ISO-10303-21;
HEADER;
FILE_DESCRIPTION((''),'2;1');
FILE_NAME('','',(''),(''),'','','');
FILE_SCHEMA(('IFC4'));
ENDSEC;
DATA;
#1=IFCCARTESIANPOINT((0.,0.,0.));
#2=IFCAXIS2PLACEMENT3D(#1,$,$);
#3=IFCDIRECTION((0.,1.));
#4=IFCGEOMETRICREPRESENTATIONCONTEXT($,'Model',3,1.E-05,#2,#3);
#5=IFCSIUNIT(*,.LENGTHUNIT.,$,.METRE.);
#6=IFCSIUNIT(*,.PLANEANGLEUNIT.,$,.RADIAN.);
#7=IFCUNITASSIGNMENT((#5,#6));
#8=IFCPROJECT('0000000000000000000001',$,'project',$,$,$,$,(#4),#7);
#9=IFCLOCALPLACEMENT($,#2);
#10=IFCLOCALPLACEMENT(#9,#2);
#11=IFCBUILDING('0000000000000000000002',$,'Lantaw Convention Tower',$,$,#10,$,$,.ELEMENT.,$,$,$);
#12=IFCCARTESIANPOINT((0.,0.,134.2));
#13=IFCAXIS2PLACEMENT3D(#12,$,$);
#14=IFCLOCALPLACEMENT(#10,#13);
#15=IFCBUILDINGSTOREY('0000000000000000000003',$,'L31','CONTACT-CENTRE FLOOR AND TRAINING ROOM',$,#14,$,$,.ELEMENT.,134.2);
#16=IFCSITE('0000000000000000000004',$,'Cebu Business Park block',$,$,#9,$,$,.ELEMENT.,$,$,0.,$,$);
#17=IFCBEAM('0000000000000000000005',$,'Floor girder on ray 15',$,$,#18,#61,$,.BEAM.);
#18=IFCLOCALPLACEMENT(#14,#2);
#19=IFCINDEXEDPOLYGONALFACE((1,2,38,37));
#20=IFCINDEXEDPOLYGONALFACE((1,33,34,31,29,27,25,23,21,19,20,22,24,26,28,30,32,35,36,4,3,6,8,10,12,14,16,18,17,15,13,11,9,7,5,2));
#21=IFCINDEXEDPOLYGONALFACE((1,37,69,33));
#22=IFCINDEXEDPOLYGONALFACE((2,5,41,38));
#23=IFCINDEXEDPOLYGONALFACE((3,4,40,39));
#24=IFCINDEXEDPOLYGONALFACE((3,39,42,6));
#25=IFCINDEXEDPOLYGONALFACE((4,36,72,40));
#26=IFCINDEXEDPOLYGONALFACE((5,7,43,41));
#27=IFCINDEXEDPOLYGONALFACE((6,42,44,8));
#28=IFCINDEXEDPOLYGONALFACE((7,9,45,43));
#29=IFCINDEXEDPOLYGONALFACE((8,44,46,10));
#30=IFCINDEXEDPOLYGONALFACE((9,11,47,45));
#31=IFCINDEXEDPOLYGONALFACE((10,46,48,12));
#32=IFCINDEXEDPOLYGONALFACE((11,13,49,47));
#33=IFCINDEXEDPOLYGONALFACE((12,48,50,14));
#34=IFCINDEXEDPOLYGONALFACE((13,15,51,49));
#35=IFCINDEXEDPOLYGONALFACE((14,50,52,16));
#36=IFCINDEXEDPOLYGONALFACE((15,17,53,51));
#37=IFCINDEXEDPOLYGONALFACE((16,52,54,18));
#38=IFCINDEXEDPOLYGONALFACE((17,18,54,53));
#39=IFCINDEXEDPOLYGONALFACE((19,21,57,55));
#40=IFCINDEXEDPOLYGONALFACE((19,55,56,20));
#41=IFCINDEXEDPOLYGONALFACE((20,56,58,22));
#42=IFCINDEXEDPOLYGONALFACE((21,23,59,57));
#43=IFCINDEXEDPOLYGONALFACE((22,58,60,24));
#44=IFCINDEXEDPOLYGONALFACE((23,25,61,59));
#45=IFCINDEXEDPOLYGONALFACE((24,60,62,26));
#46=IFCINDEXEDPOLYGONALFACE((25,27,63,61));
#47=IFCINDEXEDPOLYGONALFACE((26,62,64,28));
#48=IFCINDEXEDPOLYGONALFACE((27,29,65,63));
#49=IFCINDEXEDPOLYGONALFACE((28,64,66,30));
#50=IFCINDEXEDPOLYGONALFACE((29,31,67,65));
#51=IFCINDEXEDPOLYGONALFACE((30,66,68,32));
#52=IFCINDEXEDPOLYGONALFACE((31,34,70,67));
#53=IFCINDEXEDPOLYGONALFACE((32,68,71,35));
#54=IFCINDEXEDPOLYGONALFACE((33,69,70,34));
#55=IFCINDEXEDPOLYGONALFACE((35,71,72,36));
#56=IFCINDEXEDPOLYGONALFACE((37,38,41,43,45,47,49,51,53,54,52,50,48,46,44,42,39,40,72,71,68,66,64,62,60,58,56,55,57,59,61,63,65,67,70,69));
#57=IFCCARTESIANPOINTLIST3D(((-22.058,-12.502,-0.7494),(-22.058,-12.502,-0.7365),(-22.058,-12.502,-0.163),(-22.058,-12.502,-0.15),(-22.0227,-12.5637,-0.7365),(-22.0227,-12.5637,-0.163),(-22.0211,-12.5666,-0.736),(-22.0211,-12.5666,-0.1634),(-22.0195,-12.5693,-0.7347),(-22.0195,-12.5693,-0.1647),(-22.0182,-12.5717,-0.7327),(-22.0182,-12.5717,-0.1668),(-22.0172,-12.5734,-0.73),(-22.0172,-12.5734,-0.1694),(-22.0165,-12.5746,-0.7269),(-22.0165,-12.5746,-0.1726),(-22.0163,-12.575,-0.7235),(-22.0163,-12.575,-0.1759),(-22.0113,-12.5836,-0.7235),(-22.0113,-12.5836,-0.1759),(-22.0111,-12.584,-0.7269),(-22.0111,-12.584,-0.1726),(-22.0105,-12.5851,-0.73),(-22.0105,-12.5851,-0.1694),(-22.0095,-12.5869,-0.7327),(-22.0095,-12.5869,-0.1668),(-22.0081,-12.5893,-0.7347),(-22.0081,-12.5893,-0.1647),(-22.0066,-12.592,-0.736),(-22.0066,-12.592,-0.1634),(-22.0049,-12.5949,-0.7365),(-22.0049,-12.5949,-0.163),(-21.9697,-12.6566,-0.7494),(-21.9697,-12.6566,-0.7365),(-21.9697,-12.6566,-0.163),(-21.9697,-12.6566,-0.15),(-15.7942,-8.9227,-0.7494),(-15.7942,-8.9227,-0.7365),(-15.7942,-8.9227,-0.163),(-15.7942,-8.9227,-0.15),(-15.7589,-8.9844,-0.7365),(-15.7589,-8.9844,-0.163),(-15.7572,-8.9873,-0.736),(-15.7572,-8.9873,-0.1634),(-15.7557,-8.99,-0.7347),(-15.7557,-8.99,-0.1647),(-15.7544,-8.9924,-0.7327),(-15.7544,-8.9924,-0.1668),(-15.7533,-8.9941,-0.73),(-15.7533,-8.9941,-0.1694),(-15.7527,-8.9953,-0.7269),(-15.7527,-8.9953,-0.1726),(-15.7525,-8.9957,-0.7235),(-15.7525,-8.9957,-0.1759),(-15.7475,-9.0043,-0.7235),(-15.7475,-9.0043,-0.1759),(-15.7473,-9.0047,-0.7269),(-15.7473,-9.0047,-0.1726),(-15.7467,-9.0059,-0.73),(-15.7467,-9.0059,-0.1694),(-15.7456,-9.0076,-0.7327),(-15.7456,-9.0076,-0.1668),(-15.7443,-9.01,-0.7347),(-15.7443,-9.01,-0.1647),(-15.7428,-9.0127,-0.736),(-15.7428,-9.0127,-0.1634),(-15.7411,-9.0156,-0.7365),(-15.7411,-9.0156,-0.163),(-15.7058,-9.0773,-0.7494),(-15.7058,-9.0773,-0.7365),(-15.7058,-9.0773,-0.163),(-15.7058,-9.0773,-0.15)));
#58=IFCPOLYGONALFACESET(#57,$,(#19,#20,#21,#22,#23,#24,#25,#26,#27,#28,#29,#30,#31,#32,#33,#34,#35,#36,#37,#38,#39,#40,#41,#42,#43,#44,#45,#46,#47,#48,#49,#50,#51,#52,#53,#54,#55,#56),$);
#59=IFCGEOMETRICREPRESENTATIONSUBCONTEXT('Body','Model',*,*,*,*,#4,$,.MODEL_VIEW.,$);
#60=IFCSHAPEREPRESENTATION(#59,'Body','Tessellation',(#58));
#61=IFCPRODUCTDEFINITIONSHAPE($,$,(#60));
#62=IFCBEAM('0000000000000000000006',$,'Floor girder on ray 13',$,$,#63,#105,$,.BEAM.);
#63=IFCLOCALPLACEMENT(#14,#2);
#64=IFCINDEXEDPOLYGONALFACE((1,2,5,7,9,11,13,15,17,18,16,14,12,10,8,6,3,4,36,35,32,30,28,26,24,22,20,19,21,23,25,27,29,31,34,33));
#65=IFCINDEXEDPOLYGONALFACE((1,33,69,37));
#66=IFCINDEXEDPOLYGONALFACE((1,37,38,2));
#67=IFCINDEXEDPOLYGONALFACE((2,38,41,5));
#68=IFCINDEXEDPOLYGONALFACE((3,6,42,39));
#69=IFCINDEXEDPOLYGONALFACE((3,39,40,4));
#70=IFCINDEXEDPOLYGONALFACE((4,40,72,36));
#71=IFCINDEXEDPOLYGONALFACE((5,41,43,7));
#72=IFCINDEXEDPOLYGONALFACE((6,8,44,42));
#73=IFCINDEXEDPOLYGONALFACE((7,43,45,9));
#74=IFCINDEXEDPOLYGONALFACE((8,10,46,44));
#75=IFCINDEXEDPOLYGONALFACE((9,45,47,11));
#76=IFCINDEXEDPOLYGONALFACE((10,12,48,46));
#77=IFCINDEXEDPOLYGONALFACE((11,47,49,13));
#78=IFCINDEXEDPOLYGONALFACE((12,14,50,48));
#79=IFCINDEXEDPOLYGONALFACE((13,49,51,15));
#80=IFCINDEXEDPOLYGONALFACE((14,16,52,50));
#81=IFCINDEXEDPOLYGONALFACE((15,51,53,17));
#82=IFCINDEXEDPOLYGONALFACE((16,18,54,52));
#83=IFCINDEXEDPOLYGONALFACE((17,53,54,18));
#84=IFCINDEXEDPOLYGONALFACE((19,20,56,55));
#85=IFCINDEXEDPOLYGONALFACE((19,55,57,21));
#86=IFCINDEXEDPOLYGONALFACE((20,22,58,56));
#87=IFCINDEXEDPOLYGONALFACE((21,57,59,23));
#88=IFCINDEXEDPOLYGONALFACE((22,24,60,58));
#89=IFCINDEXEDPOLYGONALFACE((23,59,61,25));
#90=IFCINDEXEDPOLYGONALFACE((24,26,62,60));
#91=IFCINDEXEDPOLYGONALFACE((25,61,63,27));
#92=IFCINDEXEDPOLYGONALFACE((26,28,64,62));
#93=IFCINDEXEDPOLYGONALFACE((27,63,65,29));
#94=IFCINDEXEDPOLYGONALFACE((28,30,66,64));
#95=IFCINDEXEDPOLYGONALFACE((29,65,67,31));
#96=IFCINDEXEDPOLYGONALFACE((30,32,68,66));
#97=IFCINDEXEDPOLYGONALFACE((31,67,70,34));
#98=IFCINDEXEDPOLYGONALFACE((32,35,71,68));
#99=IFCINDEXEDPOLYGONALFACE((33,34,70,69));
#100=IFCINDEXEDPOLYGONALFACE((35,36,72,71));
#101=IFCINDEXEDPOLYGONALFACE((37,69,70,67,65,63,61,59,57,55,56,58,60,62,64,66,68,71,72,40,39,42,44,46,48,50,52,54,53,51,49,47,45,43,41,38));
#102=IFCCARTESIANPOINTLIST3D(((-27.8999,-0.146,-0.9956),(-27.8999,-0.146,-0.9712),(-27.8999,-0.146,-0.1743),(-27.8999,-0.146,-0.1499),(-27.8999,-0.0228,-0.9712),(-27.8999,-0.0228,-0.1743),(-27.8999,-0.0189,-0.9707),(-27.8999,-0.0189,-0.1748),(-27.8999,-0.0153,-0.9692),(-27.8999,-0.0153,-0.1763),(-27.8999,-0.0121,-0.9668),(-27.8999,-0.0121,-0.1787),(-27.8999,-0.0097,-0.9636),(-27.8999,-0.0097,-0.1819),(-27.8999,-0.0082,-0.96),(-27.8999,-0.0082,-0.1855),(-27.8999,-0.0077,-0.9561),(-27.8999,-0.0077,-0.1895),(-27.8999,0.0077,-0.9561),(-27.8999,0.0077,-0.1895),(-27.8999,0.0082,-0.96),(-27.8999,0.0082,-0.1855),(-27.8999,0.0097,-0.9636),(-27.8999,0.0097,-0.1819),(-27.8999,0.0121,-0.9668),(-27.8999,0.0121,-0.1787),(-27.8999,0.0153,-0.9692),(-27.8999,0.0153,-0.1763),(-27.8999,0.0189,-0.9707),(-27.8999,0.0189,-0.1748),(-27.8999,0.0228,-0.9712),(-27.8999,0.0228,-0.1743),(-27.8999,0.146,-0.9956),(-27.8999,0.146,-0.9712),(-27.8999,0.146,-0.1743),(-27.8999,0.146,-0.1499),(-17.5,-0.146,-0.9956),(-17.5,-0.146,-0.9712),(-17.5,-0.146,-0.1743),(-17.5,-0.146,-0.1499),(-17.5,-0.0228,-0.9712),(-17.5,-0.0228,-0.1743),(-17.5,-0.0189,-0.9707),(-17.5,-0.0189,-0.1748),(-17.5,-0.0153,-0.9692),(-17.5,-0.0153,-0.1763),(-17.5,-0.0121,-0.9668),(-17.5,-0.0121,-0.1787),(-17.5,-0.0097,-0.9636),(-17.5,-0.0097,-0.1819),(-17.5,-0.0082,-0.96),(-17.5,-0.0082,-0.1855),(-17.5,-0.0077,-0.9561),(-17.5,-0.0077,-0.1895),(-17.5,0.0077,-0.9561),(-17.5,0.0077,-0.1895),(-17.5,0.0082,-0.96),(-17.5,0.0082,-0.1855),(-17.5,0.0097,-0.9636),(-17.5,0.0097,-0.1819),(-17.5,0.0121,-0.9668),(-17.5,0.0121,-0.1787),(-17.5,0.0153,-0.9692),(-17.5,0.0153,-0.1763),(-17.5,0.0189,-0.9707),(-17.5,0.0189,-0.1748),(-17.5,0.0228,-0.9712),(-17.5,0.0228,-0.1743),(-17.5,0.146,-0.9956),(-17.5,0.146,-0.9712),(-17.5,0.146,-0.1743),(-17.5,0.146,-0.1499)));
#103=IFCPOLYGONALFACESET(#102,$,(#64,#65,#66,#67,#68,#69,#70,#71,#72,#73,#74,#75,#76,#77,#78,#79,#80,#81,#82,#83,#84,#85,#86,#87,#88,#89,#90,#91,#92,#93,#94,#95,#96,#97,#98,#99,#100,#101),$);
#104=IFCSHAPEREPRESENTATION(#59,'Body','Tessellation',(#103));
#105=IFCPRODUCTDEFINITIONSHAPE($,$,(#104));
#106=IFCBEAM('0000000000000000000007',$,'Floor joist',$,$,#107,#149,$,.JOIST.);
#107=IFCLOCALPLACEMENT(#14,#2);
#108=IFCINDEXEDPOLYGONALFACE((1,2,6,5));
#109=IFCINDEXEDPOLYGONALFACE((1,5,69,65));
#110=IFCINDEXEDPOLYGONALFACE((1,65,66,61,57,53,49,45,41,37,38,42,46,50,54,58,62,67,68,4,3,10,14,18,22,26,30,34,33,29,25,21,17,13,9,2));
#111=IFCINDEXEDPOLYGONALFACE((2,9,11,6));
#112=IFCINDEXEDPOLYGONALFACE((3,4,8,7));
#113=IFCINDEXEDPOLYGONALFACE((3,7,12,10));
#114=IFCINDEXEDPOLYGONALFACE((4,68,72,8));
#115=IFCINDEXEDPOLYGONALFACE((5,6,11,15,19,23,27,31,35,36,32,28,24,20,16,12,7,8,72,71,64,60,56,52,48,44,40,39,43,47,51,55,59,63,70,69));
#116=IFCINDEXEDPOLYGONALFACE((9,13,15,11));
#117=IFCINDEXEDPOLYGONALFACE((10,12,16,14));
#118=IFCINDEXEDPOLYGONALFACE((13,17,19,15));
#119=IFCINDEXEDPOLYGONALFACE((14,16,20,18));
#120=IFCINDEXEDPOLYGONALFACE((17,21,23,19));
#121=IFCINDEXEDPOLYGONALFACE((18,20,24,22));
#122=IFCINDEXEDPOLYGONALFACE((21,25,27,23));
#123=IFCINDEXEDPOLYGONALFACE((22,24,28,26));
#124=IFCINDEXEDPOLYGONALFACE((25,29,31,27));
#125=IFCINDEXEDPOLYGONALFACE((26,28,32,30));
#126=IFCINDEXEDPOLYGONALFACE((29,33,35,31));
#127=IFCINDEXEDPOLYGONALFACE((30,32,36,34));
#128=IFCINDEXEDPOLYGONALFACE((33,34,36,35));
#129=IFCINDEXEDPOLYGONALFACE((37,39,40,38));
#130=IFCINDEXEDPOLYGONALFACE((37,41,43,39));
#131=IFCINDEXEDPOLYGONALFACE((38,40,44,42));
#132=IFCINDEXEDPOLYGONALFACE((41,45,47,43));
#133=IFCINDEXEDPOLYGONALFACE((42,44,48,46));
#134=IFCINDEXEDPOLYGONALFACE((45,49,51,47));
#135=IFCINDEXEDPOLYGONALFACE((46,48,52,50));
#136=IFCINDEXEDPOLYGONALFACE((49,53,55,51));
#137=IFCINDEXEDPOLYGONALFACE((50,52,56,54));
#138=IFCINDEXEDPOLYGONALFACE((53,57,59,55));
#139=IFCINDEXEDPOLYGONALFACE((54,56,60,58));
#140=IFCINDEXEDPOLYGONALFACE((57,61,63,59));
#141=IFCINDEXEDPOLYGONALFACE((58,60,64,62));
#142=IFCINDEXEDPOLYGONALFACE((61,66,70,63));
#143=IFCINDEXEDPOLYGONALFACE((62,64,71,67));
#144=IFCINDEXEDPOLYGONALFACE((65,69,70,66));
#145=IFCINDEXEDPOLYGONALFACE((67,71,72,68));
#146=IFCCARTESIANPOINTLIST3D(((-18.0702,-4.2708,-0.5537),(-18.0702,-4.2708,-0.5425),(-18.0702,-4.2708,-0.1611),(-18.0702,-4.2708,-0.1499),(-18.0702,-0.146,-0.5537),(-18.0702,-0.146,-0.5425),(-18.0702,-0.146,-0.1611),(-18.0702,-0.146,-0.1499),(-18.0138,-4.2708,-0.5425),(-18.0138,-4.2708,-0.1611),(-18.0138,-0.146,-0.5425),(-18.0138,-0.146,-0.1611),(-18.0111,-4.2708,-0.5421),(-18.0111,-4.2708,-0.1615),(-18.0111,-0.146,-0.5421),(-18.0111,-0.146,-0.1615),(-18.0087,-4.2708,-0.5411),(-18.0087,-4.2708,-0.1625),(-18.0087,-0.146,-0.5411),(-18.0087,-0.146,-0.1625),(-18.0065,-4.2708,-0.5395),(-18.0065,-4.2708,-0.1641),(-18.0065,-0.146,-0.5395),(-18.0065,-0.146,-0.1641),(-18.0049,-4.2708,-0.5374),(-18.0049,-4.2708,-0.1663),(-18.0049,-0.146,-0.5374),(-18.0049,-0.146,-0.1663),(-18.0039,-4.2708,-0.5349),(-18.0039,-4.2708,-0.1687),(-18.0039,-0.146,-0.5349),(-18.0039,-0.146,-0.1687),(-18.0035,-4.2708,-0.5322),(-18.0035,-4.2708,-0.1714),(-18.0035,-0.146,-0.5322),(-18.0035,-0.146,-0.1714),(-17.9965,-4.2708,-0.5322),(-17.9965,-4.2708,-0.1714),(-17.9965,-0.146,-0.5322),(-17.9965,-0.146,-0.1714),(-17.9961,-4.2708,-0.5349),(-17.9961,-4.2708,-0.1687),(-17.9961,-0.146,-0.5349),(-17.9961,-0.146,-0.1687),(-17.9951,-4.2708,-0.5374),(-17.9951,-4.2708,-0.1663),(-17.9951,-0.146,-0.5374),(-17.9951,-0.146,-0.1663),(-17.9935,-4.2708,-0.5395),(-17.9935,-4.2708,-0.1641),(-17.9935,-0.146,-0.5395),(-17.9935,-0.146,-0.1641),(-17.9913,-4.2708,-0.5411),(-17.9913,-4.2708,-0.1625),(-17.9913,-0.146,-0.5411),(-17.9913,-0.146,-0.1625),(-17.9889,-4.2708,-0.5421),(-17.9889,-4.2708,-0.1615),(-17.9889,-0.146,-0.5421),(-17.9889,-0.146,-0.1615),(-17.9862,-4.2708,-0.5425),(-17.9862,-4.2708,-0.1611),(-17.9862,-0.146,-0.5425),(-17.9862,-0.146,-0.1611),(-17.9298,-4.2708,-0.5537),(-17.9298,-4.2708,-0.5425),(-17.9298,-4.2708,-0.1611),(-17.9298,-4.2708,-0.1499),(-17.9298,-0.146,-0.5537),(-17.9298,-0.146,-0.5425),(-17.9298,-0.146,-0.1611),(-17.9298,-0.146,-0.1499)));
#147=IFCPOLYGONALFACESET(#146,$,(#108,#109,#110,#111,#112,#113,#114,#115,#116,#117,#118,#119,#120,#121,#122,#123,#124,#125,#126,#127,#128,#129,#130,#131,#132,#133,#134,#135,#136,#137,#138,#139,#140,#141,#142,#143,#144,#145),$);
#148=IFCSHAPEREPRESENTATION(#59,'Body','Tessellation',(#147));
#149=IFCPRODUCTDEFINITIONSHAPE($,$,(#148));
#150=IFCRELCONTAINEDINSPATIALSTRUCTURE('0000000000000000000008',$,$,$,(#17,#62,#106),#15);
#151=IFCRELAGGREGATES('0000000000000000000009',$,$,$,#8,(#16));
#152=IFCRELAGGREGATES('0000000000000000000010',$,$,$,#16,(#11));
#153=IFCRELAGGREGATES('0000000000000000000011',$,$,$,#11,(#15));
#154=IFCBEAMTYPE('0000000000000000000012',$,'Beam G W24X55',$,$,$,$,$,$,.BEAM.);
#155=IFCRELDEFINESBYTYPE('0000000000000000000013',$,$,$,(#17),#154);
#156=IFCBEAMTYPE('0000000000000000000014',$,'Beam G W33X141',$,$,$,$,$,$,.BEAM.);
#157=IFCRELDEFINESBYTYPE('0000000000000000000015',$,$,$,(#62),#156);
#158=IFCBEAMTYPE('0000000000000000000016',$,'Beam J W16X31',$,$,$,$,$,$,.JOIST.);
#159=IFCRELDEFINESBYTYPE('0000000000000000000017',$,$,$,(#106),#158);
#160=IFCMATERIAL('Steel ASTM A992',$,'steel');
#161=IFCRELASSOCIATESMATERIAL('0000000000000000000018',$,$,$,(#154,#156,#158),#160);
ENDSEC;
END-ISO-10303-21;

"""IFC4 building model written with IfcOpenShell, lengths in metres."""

from ifc_helpers import new_model, si_unit, direction, frame, origin, origin_2d, place, context, subcontext, project, spatial, i_section, extrude, material, material_profile, profile_set, type_object, element, save


model = new_model("IFC4")

# Units and contexts
model_context = context("Model", 3, precision=1e-05, world=origin(), true_north=direction((0.0, 1.0)))
body_context = subcontext(model_context, "Body", "Model", "MODEL_VIEW")
ifc_project = project(units=[si_unit("LENGTHUNIT", "METRE"), si_unit("PLANEANGLEUNIT", "RADIAN")], contexts=[model_context])

# Site, building, storey
site_placement = place(None, origin())
site = spatial("IfcSite", under=ifc_project, at=site_placement, Name="Cebu Business Park block", CompositionType="ELEMENT", RefElevation=0.0)
building_placement = place(site_placement, origin())
building = spatial("IfcBuilding", under=site, at=building_placement, Name="Lantaw Convention Tower", CompositionType="ELEMENT")
storey_placement = place(building_placement, frame((0.0, 0.0, 134.2)))
storey = spatial("IfcBuildingStorey", under=building, at=storey_placement, Name="L31", Description="CONTACT-CENTRE FLOOR AND TRAINING ROOM", CompositionType="ELEMENT", Elevation=134.2)

# Beams
ifc_material_1 = material(Name="Steel ASTM A992", Category="steel")
ifc_material_profile_1 = material_profile(ifc_material_1, i_section(OverallWidth=0.178, OverallDepth=0.5994, WebThickness=0.01, FlangeThickness=0.0129, FilletRadius=0.0129, at=origin_2d()), Name="W24X55")
ifc_profile_set_1 = profile_set([ifc_material_profile_1], Name="Steel ASTM A992")
beam_type_1 = type_object("IfcBeamType", Name="Beam G W24X55", PredefinedType="BEAM", material=ifc_profile_set_1)
beam_1_placement = place(storey_placement, frame((-15.75, -9.0, -0.4497), z_axis=(-0.868245, -0.496135, 0.0), x_axis=(0.496135, -0.868245, 0.0)))
element("IfcBeam", 1, at=beam_1_placement, inside=storey, type_object=beam_type_1, Name="Floor girder on ray 15", PredefinedType="BEAM", context=body_context, shape_type="SweptSolid", body=[
    extrude(i_section(OverallWidth=0.178, OverallDepth=0.5994, WebThickness=0.01, FlangeThickness=0.0129, FilletRadius=0.0129, at=origin_2d()), origin(), (0.0, 0.0, 1.0), 7.2144),
])
ifc_material_profile_2 = material_profile(ifc_material_1, i_section(OverallWidth=0.292, OverallDepth=0.8457, WebThickness=0.0154, FlangeThickness=0.0244, FilletRadius=0.0151, at=origin_2d()), Name="W33X141")
ifc_profile_set_2 = profile_set([ifc_material_profile_2], Name="Steel ASTM A992")
beam_type_2 = type_object("IfcBeamType", Name="Beam G W33X141", PredefinedType="BEAM", material=ifc_profile_set_2)
beam_2_placement = place(storey_placement, frame((-17.5, 0.0, -0.5728), z_axis=(-1.0, 0.0, 0.0), x_axis=(0.0, -1.0, 0.0)))
element("IfcBeam", 2, at=beam_2_placement, inside=storey, type_object=beam_type_2, Name="Floor girder on ray 13", PredefinedType="BEAM", context=body_context, shape_type="SweptSolid", body=[
    extrude(i_section(OverallWidth=0.292, OverallDepth=0.8457, WebThickness=0.0154, FlangeThickness=0.0244, FilletRadius=0.0151, at=origin_2d()), origin(), (0.0, 0.0, 1.0), 10.3999),
])
ifc_material_profile_3 = material_profile(ifc_material_1, i_section(OverallWidth=0.1404, OverallDepth=0.4038, WebThickness=0.0071, FlangeThickness=0.0112, FilletRadius=0.0103, at=origin_2d()), Name="W16X31")
ifc_profile_set_3 = profile_set([ifc_material_profile_3], Name="Steel ASTM A992")
beam_type_3 = type_object("IfcBeamType", Name="Beam J W16X31", PredefinedType="JOIST", material=ifc_profile_set_3)
beam_3_placement = place(storey_placement, frame((-18.0, -4.2708, -0.3518), z_axis=(0.0, 1.0, 0.0), x_axis=(-1.0, 0.0, 0.0)))
element("IfcBeam", 3, at=beam_3_placement, inside=storey, type_object=beam_type_3, Name="Floor joist", PredefinedType="JOIST", context=body_context, shape_type="SweptSolid", body=[
    extrude(i_section(OverallWidth=0.1404, OverallDepth=0.4038, WebThickness=0.0071, FlangeThickness=0.0112, FilletRadius=0.0103, at=origin_2d()), origin(), (0.0, 0.0, 1.0), 4.1248),
])

save(model, "model.ifc")
